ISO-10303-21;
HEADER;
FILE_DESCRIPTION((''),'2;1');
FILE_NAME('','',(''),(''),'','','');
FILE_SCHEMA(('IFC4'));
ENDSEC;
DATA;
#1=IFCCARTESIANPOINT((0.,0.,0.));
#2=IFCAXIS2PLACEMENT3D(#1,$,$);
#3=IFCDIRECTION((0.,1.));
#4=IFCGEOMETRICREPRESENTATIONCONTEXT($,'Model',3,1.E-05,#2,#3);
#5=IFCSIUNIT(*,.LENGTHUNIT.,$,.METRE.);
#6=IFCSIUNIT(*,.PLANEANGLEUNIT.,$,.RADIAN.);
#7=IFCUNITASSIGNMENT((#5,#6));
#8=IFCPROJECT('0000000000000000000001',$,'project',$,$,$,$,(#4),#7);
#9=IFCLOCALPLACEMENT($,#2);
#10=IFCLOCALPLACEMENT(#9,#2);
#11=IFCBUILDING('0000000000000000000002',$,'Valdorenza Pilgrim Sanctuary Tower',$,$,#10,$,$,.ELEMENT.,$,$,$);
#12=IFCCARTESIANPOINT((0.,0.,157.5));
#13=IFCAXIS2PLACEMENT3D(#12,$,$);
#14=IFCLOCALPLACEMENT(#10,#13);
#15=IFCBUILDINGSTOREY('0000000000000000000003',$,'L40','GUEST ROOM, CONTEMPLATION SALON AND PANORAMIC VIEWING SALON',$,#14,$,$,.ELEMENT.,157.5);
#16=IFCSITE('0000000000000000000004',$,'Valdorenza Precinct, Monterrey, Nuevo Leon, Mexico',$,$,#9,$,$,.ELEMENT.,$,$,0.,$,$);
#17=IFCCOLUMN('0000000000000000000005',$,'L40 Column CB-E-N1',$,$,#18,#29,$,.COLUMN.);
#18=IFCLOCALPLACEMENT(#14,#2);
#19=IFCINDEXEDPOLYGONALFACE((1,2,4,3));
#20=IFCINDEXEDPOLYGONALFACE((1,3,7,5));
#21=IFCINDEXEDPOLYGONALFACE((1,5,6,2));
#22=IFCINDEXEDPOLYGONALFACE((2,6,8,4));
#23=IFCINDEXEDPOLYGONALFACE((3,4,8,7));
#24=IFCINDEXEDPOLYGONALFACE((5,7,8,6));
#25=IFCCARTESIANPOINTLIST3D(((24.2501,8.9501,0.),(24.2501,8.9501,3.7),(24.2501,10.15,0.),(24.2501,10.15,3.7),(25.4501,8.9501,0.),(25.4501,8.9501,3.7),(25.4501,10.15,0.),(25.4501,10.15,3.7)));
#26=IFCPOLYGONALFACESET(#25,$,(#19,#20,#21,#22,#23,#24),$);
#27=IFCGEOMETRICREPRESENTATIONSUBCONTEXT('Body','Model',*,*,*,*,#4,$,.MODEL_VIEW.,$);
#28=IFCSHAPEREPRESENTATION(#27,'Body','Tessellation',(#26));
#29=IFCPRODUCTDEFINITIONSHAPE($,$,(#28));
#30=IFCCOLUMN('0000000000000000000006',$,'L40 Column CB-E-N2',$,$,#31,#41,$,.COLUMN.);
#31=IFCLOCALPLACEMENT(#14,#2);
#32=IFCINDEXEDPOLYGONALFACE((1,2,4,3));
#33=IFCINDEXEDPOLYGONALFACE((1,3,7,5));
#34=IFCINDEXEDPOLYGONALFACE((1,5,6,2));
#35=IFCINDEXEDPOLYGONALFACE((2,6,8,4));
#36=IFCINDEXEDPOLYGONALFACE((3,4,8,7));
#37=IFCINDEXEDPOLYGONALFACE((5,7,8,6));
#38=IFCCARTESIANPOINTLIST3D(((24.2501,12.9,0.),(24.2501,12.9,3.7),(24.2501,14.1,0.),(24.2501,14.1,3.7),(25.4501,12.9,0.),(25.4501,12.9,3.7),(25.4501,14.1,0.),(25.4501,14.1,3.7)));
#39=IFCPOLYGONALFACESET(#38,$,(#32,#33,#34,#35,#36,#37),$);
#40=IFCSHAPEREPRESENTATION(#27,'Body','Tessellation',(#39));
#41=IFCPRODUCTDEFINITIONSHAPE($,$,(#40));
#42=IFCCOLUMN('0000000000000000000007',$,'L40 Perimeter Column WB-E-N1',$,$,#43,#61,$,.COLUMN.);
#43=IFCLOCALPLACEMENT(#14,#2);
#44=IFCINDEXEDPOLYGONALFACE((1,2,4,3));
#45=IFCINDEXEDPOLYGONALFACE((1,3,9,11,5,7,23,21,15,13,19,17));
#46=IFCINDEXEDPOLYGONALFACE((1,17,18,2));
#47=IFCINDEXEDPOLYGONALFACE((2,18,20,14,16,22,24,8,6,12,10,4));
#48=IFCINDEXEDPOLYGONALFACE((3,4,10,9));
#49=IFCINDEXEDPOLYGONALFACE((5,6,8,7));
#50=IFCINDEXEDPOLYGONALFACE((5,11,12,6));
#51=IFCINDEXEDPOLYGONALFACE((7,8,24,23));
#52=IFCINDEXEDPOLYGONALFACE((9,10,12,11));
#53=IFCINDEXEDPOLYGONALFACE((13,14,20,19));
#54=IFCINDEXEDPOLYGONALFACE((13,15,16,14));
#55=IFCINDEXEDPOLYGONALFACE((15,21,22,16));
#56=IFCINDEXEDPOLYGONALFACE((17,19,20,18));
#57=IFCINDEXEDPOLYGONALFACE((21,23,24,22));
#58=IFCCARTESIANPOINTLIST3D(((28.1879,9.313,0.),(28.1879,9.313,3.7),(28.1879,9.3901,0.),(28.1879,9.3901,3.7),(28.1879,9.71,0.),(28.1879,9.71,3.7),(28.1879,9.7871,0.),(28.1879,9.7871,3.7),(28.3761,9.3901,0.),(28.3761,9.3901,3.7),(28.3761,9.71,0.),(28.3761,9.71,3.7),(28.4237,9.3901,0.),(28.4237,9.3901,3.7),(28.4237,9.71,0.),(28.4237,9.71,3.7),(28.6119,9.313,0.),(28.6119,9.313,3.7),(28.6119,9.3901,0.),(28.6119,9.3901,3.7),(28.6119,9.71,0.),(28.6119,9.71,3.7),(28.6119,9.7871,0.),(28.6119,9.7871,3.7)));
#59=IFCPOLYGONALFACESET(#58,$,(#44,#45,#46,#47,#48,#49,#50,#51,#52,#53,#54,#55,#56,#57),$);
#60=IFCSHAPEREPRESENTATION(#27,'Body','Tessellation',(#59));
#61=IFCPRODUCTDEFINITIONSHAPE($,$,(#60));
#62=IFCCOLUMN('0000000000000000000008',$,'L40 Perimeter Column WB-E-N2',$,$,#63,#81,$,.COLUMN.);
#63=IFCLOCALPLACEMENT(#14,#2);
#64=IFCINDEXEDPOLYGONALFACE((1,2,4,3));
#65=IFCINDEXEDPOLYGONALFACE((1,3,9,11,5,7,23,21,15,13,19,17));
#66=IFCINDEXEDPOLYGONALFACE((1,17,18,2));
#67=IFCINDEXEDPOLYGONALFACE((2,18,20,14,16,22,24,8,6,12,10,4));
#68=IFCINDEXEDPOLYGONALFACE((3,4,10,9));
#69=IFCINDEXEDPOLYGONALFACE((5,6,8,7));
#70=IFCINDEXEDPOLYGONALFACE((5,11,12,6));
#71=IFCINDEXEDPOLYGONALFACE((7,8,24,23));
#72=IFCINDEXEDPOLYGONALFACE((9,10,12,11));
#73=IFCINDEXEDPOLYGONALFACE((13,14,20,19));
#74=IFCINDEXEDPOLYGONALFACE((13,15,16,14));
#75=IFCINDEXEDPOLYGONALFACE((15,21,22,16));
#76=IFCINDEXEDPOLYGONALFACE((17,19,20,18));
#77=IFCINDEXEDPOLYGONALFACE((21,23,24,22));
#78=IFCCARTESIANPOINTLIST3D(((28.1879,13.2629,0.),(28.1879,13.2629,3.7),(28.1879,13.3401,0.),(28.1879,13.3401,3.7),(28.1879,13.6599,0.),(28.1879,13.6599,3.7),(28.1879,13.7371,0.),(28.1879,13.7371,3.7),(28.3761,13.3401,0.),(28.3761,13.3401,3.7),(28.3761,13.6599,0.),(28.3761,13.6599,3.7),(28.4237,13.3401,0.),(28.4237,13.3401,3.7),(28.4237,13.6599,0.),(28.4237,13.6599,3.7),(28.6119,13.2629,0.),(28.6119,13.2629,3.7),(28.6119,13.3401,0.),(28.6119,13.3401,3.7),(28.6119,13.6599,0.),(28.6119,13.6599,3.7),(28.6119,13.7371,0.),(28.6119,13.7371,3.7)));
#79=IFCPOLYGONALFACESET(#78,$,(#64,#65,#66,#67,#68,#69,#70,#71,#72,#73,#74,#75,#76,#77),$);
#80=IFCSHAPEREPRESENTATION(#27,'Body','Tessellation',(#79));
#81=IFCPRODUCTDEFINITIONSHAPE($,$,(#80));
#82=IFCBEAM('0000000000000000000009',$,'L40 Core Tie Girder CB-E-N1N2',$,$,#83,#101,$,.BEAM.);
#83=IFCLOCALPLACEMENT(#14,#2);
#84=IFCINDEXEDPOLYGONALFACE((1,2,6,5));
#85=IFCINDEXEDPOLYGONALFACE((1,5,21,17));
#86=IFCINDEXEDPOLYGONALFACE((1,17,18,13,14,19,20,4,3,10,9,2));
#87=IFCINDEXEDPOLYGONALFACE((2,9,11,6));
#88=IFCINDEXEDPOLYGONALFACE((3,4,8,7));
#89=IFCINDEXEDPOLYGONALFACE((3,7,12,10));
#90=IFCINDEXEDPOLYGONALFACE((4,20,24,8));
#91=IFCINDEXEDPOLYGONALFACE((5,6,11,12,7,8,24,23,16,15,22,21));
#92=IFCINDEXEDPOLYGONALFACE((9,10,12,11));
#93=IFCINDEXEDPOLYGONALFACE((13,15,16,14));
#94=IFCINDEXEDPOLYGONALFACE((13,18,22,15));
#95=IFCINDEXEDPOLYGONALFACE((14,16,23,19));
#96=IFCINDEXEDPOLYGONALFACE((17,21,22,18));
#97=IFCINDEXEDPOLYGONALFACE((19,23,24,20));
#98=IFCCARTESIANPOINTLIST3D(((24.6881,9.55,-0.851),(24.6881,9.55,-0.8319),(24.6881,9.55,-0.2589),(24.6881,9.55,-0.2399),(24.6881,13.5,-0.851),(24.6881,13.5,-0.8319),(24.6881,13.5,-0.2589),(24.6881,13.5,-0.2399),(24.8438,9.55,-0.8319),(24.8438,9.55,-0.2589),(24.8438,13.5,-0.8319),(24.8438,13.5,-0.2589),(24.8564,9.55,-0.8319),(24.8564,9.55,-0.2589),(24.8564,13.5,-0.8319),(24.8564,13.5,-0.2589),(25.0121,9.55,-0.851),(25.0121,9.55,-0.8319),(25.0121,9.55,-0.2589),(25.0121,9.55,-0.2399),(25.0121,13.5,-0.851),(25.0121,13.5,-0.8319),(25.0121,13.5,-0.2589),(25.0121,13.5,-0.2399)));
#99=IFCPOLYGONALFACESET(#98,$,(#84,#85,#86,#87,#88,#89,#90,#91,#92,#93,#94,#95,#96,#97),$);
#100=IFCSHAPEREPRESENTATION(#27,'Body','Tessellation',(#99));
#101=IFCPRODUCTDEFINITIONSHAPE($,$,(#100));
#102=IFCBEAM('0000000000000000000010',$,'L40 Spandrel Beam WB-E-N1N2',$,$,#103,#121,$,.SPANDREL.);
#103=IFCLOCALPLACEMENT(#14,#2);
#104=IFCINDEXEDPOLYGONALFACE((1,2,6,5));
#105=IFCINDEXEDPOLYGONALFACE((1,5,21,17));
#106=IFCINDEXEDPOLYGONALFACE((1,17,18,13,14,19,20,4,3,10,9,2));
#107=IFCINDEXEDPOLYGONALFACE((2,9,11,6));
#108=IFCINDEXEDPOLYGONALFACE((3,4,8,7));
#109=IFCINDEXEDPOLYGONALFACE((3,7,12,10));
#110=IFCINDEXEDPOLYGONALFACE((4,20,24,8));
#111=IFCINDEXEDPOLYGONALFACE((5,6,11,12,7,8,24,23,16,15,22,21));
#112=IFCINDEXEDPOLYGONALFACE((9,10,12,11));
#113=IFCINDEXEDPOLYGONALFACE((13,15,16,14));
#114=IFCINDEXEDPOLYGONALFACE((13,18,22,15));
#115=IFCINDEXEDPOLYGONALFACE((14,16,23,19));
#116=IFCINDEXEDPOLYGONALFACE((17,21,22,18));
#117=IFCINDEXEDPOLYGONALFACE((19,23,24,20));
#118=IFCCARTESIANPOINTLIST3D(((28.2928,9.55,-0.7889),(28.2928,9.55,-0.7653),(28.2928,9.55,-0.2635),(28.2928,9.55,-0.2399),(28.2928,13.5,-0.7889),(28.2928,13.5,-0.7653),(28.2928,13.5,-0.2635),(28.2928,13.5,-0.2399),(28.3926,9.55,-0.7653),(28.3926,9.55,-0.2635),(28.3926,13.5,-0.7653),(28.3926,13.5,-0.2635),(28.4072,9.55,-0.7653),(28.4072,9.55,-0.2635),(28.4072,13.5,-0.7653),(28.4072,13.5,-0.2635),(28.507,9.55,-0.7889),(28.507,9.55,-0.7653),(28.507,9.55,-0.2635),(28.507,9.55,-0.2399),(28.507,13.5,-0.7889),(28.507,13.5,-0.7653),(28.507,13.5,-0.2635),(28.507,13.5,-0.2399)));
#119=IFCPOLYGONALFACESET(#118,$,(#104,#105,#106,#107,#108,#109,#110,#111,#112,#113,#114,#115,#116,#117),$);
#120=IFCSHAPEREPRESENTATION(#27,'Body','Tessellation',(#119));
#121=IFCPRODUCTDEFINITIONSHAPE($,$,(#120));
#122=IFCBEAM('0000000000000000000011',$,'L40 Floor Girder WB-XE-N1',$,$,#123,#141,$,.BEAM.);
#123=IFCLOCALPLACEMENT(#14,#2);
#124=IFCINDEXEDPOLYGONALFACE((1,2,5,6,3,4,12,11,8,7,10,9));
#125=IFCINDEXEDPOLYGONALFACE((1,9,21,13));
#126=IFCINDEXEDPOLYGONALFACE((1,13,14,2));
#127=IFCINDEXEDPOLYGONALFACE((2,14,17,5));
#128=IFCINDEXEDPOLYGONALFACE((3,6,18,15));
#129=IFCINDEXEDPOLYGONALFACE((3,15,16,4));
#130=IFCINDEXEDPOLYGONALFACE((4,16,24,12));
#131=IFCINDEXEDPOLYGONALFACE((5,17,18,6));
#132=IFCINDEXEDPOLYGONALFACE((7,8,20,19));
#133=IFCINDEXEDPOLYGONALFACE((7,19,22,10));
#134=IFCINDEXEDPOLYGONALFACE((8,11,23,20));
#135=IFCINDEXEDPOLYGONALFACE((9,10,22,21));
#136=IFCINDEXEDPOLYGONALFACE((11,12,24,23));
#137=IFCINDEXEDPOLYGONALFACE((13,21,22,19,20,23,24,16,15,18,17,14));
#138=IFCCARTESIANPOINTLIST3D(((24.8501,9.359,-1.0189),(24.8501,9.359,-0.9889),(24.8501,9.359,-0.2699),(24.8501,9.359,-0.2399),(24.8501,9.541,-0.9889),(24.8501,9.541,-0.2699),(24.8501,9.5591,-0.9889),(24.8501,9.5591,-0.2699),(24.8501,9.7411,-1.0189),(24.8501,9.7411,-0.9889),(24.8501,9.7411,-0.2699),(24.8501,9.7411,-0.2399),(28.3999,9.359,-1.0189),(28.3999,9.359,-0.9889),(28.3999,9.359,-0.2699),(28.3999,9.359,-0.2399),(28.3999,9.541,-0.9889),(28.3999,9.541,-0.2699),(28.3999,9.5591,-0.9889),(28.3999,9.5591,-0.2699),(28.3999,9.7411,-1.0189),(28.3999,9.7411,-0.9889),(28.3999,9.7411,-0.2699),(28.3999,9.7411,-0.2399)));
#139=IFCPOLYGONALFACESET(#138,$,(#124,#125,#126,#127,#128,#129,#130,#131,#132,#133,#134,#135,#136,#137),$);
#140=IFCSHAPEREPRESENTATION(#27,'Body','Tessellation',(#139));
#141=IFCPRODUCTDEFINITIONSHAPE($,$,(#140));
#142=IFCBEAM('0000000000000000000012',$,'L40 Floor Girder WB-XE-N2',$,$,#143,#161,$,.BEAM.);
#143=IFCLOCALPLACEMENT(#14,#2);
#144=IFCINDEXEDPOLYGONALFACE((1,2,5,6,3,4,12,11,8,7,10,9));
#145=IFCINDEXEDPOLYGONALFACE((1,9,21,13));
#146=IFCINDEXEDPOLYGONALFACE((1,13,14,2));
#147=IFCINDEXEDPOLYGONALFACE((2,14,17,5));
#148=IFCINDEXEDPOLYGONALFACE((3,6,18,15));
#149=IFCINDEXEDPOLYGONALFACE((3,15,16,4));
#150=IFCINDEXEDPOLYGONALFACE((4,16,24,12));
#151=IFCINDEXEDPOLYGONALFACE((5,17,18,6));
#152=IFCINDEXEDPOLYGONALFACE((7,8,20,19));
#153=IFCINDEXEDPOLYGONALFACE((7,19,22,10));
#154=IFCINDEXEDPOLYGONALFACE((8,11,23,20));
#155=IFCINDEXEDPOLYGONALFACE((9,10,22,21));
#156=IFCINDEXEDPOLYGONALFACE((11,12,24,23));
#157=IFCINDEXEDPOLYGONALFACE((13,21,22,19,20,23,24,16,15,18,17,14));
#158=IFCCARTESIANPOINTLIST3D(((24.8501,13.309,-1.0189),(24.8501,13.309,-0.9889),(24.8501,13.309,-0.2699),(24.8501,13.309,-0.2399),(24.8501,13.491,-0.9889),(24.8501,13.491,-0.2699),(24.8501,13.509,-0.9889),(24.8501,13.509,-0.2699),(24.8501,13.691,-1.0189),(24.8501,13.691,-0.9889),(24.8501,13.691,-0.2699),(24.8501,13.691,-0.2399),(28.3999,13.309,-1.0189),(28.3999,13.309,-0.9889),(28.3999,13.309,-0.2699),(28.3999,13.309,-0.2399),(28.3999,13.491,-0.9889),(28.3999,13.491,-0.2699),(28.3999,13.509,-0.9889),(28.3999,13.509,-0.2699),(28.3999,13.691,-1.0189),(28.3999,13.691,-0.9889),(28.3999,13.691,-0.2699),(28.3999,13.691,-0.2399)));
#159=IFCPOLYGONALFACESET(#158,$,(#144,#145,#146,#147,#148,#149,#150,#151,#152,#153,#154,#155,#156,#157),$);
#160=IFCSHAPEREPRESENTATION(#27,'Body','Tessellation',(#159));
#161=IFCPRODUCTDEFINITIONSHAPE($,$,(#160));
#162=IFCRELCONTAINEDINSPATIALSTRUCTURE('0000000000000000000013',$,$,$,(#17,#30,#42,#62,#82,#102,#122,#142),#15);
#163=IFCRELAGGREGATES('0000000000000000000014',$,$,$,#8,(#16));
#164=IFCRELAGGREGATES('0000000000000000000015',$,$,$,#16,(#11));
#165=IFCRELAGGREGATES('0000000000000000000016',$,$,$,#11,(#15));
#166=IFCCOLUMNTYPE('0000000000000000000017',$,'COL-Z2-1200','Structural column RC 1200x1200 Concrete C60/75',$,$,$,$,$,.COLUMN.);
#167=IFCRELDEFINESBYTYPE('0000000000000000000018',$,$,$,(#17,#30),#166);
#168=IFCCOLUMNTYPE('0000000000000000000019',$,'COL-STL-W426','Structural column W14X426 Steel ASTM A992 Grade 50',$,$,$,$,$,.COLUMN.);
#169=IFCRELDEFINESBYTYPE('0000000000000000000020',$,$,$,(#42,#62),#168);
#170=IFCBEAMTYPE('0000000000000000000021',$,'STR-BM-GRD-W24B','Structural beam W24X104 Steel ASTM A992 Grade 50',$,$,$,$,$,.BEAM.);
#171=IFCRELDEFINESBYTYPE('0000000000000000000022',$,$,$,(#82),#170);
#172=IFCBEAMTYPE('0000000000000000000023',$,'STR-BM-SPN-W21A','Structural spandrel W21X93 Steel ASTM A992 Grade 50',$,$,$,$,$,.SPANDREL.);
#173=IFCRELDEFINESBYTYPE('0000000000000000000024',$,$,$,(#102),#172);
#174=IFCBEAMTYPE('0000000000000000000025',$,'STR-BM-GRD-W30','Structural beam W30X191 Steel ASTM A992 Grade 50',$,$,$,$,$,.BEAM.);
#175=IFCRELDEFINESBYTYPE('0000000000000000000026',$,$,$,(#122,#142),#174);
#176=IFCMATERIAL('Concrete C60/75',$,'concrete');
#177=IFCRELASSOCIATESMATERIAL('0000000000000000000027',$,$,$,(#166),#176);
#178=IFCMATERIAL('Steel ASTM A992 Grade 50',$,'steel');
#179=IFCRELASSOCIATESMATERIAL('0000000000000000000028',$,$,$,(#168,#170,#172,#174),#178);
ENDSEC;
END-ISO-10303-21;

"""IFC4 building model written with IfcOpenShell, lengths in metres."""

from ifc_helpers import new_model, si_unit, direction, frame, origin, origin_2d, place, context, subcontext, project, spatial, rectangle, i_section, extrude, source, transform, mapped, material, material_profile, profile_set, type_object, element, save


model = new_model("IFC4")

# Units and contexts
model_context = context("Model", 3, precision=1e-05, world=origin(), true_north=direction((0.0, 1.0)))
body_context = subcontext(model_context, "Body", "Model", "MODEL_VIEW")
ifc_project = project(units=[si_unit("LENGTHUNIT", "METRE"), si_unit("PLANEANGLEUNIT", "RADIAN")], contexts=[model_context])

# Site, building, storey
site_placement = place(None, origin())
site = spatial("IfcSite", under=ifc_project, at=site_placement, Name="Valdorenza Precinct, Monterrey, Nuevo Leon, Mexico", CompositionType="ELEMENT", RefElevation=0.0)
building_placement = place(site_placement, origin())
building = spatial("IfcBuilding", under=site, at=building_placement, Name="Valdorenza Pilgrim Sanctuary Tower", CompositionType="ELEMENT")
storey_placement = place(building_placement, frame((0.0, 0.0, 157.5)))
storey = spatial("IfcBuildingStorey", under=building, at=storey_placement, Name="L40", Description="GUEST ROOM, CONTEMPLATION SALON AND PANORAMIC VIEWING SALON", CompositionType="ELEMENT", Elevation=157.5)

# Columns
ifc_material_1 = material(Name="Concrete C60/75", Category="concrete")
ifc_material_profile_1 = material_profile(ifc_material_1, rectangle(XDim=1.2, YDim=1.2, at=origin_2d()), Name="RC 1200x1200")
ifc_profile_set_1 = profile_set([ifc_material_profile_1], Name="Concrete C60/75")
column_type_1 = type_object("IfcColumnType", Name="COL-Z2-1200", Description="Structural column RC 1200x1200 Concrete C60/75", PredefinedType="COLUMN", material=ifc_profile_set_1)
shared_shape_1 = source(origin(), body_context, "Body", "SweptSolid", [
    extrude(rectangle(XDim=1.2, YDim=1.2, at=origin_2d()), origin(), (0.0, 0.0, 1.0), 3.7),
])
for number, where, z_axis, x_axis, name in (
    (1, (24.8501, 9.55, 0.0), (0.0, 0.0, 1.0), (1.0, 0.0, 0.0), "L40 Column CB-E-N1"),
    (2, (24.8501, 13.5, 0.0), (0.0, 0.0, 1.0), (1.0, 0.0, 0.0), "L40 Column CB-E-N2"),
):
    element("IfcColumn", number, at=place(storey_placement, frame(where, z_axis=z_axis, x_axis=x_axis)), inside=storey, type_object=column_type_1, Name=name, PredefinedType="COLUMN", context=body_context, shape_type="MappedRepresentation", body=[
        mapped(shared_shape_1, transform((0.0, 0.0, 0.0), x_axis=(1.0, 0.0, 0.0), y_axis=(0.0, 1.0, 0.0), z_axis=(0.0, 0.0, 1.0), scale=1.0)),
    ])
ifc_material_2 = material(Name="Steel ASTM A992 Grade 50", Category="steel")
ifc_material_profile_2 = material_profile(ifc_material_2, i_section(OverallWidth=0.4241, OverallDepth=0.4741, WebThickness=0.0476, FlangeThickness=0.0771, at=origin_2d()), Name="W14X426")
ifc_profile_set_2 = profile_set([ifc_material_profile_2], Name="Steel ASTM A992 Grade 50")
column_type_2 = type_object("IfcColumnType", Name="COL-STL-W426", Description="Structural column W14X426 Steel ASTM A992 Grade 50", PredefinedType="COLUMN", material=ifc_profile_set_2)
shared_shape_2 = source(origin(), body_context, "Body", "SweptSolid", [
    extrude(i_section(OverallWidth=0.4241, OverallDepth=0.4741, WebThickness=0.0476, FlangeThickness=0.0771, at=origin_2d()), origin(), (0.0, 0.0, 1.0), 3.7),
])
for number, where, z_axis, x_axis, name in (
    (3, (28.3999, 9.55, 0.0), (0.0, 0.0, 1.0), (1.0, 0.0, 0.0), "L40 Perimeter Column WB-E-N1"),
    (4, (28.3999, 13.5, 0.0), (0.0, 0.0, 1.0), (1.0, 0.0, 0.0), "L40 Perimeter Column WB-E-N2"),
):
    element("IfcColumn", number, at=place(storey_placement, frame(where, z_axis=z_axis, x_axis=x_axis)), inside=storey, type_object=column_type_2, Name=name, PredefinedType="COLUMN", context=body_context, shape_type="MappedRepresentation", body=[
        mapped(shared_shape_2, transform((0.0, 0.0, 0.0), x_axis=(1.0, 0.0, 0.0), y_axis=(0.0, 1.0, 0.0), z_axis=(0.0, 0.0, 1.0), scale=1.0)),
    ])

# Beams
ifc_material_profile_3 = material_profile(ifc_material_2, i_section(OverallWidth=0.324, OverallDepth=0.6111, WebThickness=0.0127, FlangeThickness=0.019, at=origin_2d()), Name="W24X104")
ifc_profile_set_3 = profile_set([ifc_material_profile_3], Name="Steel ASTM A992 Grade 50")
beam_type_1 = type_object("IfcBeamType", Name="STR-BM-GRD-W24B", Description="Structural beam W24X104 Steel ASTM A992 Grade 50", PredefinedType="BEAM", material=ifc_profile_set_3)
shared_shape_3 = source(origin(), body_context, "Body", "SweptSolid", [
    extrude(i_section(OverallWidth=0.324, OverallDepth=0.6111, WebThickness=0.0127, FlangeThickness=0.019, at=origin_2d()), origin(), (0.0, 0.0, 1.0), 3.95),
])
beam_1_placement = place(storey_placement, frame((24.8501, 9.55, -0.5454), z_axis=(0.0, 1.0, 0.0), x_axis=(-1.0, 0.0, 0.0)))
element("IfcBeam", 5, at=beam_1_placement, inside=storey, type_object=beam_type_1, Name="L40 Core Tie Girder CB-E-N1N2", PredefinedType="BEAM", context=body_context, shape_type="MappedRepresentation", body=[
    mapped(shared_shape_3, transform((0.0, 0.0, 0.0), x_axis=(1.0, 0.0, 0.0), y_axis=(0.0, 1.0, 0.0), z_axis=(0.0, 0.0, 1.0), scale=1.0)),
])
ifc_material_profile_4 = material_profile(ifc_material_2, i_section(OverallWidth=0.2141, OverallDepth=0.5491, WebThickness=0.0146, FlangeThickness=0.0237, at=origin_2d()), Name="W21X93")
ifc_profile_set_4 = profile_set([ifc_material_profile_4], Name="Steel ASTM A992 Grade 50")
beam_type_2 = type_object("IfcBeamType", Name="STR-BM-SPN-W21A", Description="Structural spandrel W21X93 Steel ASTM A992 Grade 50", PredefinedType="SPANDREL", material=ifc_profile_set_4)
shared_shape_4 = source(origin(), body_context, "Body", "SweptSolid", [
    extrude(i_section(OverallWidth=0.2141, OverallDepth=0.5491, WebThickness=0.0146, FlangeThickness=0.0237, at=origin_2d()), origin(), (0.0, 0.0, 1.0), 3.95),
])
beam_2_placement = place(storey_placement, frame((28.3999, 9.55, -0.5144), z_axis=(0.0, 1.0, 0.0), x_axis=(-1.0, 0.0, 0.0)))
element("IfcBeam", 6, at=beam_2_placement, inside=storey, type_object=beam_type_2, Name="L40 Spandrel Beam WB-E-N1N2", PredefinedType="SPANDREL", context=body_context, shape_type="MappedRepresentation", body=[
    mapped(shared_shape_4, transform((0.0, 0.0, 0.0), x_axis=(1.0, 0.0, 0.0), y_axis=(0.0, 1.0, 0.0), z_axis=(0.0, 0.0, 1.0), scale=1.0)),
])
ifc_material_profile_5 = material_profile(ifc_material_2, i_section(OverallWidth=0.3821, OverallDepth=0.7791, WebThickness=0.0181, FlangeThickness=0.03, at=origin_2d()), Name="W30X191")
ifc_profile_set_5 = profile_set([ifc_material_profile_5], Name="Steel ASTM A992 Grade 50")
beam_type_3 = type_object("IfcBeamType", Name="STR-BM-GRD-W30", Description="Structural beam W30X191 Steel ASTM A992 Grade 50", PredefinedType="BEAM", material=ifc_profile_set_5)
shared_shape_5 = source(origin(), body_context, "Body", "SweptSolid", [
    extrude(i_section(OverallWidth=0.3821, OverallDepth=0.7791, WebThickness=0.0181, FlangeThickness=0.03, at=origin_2d()), origin(), (0.0, 0.0, 1.0), 3.5498),
])
for number, where, z_axis, x_axis, name in (
    (7, (24.8501, 9.55, -0.6294), (1.0, 0.0, 0.0), (0.0, 1.0, 0.0), "L40 Floor Girder WB-XE-N1"),
    (8, (24.8501, 13.5, -0.6294), (1.0, 0.0, 0.0), (0.0, 1.0, 0.0), "L40 Floor Girder WB-XE-N2"),
):
    element("IfcBeam", number, at=place(storey_placement, frame(where, z_axis=z_axis, x_axis=x_axis)), inside=storey, type_object=beam_type_3, Name=name, PredefinedType="BEAM", context=body_context, shape_type="MappedRepresentation", body=[
        mapped(shared_shape_5, transform((0.0, 0.0, 0.0), x_axis=(1.0, 0.0, 0.0), y_axis=(0.0, 1.0, 0.0), z_axis=(0.0, 0.0, 1.0), scale=1.0)),
    ])

save(model, "model.ifc")
